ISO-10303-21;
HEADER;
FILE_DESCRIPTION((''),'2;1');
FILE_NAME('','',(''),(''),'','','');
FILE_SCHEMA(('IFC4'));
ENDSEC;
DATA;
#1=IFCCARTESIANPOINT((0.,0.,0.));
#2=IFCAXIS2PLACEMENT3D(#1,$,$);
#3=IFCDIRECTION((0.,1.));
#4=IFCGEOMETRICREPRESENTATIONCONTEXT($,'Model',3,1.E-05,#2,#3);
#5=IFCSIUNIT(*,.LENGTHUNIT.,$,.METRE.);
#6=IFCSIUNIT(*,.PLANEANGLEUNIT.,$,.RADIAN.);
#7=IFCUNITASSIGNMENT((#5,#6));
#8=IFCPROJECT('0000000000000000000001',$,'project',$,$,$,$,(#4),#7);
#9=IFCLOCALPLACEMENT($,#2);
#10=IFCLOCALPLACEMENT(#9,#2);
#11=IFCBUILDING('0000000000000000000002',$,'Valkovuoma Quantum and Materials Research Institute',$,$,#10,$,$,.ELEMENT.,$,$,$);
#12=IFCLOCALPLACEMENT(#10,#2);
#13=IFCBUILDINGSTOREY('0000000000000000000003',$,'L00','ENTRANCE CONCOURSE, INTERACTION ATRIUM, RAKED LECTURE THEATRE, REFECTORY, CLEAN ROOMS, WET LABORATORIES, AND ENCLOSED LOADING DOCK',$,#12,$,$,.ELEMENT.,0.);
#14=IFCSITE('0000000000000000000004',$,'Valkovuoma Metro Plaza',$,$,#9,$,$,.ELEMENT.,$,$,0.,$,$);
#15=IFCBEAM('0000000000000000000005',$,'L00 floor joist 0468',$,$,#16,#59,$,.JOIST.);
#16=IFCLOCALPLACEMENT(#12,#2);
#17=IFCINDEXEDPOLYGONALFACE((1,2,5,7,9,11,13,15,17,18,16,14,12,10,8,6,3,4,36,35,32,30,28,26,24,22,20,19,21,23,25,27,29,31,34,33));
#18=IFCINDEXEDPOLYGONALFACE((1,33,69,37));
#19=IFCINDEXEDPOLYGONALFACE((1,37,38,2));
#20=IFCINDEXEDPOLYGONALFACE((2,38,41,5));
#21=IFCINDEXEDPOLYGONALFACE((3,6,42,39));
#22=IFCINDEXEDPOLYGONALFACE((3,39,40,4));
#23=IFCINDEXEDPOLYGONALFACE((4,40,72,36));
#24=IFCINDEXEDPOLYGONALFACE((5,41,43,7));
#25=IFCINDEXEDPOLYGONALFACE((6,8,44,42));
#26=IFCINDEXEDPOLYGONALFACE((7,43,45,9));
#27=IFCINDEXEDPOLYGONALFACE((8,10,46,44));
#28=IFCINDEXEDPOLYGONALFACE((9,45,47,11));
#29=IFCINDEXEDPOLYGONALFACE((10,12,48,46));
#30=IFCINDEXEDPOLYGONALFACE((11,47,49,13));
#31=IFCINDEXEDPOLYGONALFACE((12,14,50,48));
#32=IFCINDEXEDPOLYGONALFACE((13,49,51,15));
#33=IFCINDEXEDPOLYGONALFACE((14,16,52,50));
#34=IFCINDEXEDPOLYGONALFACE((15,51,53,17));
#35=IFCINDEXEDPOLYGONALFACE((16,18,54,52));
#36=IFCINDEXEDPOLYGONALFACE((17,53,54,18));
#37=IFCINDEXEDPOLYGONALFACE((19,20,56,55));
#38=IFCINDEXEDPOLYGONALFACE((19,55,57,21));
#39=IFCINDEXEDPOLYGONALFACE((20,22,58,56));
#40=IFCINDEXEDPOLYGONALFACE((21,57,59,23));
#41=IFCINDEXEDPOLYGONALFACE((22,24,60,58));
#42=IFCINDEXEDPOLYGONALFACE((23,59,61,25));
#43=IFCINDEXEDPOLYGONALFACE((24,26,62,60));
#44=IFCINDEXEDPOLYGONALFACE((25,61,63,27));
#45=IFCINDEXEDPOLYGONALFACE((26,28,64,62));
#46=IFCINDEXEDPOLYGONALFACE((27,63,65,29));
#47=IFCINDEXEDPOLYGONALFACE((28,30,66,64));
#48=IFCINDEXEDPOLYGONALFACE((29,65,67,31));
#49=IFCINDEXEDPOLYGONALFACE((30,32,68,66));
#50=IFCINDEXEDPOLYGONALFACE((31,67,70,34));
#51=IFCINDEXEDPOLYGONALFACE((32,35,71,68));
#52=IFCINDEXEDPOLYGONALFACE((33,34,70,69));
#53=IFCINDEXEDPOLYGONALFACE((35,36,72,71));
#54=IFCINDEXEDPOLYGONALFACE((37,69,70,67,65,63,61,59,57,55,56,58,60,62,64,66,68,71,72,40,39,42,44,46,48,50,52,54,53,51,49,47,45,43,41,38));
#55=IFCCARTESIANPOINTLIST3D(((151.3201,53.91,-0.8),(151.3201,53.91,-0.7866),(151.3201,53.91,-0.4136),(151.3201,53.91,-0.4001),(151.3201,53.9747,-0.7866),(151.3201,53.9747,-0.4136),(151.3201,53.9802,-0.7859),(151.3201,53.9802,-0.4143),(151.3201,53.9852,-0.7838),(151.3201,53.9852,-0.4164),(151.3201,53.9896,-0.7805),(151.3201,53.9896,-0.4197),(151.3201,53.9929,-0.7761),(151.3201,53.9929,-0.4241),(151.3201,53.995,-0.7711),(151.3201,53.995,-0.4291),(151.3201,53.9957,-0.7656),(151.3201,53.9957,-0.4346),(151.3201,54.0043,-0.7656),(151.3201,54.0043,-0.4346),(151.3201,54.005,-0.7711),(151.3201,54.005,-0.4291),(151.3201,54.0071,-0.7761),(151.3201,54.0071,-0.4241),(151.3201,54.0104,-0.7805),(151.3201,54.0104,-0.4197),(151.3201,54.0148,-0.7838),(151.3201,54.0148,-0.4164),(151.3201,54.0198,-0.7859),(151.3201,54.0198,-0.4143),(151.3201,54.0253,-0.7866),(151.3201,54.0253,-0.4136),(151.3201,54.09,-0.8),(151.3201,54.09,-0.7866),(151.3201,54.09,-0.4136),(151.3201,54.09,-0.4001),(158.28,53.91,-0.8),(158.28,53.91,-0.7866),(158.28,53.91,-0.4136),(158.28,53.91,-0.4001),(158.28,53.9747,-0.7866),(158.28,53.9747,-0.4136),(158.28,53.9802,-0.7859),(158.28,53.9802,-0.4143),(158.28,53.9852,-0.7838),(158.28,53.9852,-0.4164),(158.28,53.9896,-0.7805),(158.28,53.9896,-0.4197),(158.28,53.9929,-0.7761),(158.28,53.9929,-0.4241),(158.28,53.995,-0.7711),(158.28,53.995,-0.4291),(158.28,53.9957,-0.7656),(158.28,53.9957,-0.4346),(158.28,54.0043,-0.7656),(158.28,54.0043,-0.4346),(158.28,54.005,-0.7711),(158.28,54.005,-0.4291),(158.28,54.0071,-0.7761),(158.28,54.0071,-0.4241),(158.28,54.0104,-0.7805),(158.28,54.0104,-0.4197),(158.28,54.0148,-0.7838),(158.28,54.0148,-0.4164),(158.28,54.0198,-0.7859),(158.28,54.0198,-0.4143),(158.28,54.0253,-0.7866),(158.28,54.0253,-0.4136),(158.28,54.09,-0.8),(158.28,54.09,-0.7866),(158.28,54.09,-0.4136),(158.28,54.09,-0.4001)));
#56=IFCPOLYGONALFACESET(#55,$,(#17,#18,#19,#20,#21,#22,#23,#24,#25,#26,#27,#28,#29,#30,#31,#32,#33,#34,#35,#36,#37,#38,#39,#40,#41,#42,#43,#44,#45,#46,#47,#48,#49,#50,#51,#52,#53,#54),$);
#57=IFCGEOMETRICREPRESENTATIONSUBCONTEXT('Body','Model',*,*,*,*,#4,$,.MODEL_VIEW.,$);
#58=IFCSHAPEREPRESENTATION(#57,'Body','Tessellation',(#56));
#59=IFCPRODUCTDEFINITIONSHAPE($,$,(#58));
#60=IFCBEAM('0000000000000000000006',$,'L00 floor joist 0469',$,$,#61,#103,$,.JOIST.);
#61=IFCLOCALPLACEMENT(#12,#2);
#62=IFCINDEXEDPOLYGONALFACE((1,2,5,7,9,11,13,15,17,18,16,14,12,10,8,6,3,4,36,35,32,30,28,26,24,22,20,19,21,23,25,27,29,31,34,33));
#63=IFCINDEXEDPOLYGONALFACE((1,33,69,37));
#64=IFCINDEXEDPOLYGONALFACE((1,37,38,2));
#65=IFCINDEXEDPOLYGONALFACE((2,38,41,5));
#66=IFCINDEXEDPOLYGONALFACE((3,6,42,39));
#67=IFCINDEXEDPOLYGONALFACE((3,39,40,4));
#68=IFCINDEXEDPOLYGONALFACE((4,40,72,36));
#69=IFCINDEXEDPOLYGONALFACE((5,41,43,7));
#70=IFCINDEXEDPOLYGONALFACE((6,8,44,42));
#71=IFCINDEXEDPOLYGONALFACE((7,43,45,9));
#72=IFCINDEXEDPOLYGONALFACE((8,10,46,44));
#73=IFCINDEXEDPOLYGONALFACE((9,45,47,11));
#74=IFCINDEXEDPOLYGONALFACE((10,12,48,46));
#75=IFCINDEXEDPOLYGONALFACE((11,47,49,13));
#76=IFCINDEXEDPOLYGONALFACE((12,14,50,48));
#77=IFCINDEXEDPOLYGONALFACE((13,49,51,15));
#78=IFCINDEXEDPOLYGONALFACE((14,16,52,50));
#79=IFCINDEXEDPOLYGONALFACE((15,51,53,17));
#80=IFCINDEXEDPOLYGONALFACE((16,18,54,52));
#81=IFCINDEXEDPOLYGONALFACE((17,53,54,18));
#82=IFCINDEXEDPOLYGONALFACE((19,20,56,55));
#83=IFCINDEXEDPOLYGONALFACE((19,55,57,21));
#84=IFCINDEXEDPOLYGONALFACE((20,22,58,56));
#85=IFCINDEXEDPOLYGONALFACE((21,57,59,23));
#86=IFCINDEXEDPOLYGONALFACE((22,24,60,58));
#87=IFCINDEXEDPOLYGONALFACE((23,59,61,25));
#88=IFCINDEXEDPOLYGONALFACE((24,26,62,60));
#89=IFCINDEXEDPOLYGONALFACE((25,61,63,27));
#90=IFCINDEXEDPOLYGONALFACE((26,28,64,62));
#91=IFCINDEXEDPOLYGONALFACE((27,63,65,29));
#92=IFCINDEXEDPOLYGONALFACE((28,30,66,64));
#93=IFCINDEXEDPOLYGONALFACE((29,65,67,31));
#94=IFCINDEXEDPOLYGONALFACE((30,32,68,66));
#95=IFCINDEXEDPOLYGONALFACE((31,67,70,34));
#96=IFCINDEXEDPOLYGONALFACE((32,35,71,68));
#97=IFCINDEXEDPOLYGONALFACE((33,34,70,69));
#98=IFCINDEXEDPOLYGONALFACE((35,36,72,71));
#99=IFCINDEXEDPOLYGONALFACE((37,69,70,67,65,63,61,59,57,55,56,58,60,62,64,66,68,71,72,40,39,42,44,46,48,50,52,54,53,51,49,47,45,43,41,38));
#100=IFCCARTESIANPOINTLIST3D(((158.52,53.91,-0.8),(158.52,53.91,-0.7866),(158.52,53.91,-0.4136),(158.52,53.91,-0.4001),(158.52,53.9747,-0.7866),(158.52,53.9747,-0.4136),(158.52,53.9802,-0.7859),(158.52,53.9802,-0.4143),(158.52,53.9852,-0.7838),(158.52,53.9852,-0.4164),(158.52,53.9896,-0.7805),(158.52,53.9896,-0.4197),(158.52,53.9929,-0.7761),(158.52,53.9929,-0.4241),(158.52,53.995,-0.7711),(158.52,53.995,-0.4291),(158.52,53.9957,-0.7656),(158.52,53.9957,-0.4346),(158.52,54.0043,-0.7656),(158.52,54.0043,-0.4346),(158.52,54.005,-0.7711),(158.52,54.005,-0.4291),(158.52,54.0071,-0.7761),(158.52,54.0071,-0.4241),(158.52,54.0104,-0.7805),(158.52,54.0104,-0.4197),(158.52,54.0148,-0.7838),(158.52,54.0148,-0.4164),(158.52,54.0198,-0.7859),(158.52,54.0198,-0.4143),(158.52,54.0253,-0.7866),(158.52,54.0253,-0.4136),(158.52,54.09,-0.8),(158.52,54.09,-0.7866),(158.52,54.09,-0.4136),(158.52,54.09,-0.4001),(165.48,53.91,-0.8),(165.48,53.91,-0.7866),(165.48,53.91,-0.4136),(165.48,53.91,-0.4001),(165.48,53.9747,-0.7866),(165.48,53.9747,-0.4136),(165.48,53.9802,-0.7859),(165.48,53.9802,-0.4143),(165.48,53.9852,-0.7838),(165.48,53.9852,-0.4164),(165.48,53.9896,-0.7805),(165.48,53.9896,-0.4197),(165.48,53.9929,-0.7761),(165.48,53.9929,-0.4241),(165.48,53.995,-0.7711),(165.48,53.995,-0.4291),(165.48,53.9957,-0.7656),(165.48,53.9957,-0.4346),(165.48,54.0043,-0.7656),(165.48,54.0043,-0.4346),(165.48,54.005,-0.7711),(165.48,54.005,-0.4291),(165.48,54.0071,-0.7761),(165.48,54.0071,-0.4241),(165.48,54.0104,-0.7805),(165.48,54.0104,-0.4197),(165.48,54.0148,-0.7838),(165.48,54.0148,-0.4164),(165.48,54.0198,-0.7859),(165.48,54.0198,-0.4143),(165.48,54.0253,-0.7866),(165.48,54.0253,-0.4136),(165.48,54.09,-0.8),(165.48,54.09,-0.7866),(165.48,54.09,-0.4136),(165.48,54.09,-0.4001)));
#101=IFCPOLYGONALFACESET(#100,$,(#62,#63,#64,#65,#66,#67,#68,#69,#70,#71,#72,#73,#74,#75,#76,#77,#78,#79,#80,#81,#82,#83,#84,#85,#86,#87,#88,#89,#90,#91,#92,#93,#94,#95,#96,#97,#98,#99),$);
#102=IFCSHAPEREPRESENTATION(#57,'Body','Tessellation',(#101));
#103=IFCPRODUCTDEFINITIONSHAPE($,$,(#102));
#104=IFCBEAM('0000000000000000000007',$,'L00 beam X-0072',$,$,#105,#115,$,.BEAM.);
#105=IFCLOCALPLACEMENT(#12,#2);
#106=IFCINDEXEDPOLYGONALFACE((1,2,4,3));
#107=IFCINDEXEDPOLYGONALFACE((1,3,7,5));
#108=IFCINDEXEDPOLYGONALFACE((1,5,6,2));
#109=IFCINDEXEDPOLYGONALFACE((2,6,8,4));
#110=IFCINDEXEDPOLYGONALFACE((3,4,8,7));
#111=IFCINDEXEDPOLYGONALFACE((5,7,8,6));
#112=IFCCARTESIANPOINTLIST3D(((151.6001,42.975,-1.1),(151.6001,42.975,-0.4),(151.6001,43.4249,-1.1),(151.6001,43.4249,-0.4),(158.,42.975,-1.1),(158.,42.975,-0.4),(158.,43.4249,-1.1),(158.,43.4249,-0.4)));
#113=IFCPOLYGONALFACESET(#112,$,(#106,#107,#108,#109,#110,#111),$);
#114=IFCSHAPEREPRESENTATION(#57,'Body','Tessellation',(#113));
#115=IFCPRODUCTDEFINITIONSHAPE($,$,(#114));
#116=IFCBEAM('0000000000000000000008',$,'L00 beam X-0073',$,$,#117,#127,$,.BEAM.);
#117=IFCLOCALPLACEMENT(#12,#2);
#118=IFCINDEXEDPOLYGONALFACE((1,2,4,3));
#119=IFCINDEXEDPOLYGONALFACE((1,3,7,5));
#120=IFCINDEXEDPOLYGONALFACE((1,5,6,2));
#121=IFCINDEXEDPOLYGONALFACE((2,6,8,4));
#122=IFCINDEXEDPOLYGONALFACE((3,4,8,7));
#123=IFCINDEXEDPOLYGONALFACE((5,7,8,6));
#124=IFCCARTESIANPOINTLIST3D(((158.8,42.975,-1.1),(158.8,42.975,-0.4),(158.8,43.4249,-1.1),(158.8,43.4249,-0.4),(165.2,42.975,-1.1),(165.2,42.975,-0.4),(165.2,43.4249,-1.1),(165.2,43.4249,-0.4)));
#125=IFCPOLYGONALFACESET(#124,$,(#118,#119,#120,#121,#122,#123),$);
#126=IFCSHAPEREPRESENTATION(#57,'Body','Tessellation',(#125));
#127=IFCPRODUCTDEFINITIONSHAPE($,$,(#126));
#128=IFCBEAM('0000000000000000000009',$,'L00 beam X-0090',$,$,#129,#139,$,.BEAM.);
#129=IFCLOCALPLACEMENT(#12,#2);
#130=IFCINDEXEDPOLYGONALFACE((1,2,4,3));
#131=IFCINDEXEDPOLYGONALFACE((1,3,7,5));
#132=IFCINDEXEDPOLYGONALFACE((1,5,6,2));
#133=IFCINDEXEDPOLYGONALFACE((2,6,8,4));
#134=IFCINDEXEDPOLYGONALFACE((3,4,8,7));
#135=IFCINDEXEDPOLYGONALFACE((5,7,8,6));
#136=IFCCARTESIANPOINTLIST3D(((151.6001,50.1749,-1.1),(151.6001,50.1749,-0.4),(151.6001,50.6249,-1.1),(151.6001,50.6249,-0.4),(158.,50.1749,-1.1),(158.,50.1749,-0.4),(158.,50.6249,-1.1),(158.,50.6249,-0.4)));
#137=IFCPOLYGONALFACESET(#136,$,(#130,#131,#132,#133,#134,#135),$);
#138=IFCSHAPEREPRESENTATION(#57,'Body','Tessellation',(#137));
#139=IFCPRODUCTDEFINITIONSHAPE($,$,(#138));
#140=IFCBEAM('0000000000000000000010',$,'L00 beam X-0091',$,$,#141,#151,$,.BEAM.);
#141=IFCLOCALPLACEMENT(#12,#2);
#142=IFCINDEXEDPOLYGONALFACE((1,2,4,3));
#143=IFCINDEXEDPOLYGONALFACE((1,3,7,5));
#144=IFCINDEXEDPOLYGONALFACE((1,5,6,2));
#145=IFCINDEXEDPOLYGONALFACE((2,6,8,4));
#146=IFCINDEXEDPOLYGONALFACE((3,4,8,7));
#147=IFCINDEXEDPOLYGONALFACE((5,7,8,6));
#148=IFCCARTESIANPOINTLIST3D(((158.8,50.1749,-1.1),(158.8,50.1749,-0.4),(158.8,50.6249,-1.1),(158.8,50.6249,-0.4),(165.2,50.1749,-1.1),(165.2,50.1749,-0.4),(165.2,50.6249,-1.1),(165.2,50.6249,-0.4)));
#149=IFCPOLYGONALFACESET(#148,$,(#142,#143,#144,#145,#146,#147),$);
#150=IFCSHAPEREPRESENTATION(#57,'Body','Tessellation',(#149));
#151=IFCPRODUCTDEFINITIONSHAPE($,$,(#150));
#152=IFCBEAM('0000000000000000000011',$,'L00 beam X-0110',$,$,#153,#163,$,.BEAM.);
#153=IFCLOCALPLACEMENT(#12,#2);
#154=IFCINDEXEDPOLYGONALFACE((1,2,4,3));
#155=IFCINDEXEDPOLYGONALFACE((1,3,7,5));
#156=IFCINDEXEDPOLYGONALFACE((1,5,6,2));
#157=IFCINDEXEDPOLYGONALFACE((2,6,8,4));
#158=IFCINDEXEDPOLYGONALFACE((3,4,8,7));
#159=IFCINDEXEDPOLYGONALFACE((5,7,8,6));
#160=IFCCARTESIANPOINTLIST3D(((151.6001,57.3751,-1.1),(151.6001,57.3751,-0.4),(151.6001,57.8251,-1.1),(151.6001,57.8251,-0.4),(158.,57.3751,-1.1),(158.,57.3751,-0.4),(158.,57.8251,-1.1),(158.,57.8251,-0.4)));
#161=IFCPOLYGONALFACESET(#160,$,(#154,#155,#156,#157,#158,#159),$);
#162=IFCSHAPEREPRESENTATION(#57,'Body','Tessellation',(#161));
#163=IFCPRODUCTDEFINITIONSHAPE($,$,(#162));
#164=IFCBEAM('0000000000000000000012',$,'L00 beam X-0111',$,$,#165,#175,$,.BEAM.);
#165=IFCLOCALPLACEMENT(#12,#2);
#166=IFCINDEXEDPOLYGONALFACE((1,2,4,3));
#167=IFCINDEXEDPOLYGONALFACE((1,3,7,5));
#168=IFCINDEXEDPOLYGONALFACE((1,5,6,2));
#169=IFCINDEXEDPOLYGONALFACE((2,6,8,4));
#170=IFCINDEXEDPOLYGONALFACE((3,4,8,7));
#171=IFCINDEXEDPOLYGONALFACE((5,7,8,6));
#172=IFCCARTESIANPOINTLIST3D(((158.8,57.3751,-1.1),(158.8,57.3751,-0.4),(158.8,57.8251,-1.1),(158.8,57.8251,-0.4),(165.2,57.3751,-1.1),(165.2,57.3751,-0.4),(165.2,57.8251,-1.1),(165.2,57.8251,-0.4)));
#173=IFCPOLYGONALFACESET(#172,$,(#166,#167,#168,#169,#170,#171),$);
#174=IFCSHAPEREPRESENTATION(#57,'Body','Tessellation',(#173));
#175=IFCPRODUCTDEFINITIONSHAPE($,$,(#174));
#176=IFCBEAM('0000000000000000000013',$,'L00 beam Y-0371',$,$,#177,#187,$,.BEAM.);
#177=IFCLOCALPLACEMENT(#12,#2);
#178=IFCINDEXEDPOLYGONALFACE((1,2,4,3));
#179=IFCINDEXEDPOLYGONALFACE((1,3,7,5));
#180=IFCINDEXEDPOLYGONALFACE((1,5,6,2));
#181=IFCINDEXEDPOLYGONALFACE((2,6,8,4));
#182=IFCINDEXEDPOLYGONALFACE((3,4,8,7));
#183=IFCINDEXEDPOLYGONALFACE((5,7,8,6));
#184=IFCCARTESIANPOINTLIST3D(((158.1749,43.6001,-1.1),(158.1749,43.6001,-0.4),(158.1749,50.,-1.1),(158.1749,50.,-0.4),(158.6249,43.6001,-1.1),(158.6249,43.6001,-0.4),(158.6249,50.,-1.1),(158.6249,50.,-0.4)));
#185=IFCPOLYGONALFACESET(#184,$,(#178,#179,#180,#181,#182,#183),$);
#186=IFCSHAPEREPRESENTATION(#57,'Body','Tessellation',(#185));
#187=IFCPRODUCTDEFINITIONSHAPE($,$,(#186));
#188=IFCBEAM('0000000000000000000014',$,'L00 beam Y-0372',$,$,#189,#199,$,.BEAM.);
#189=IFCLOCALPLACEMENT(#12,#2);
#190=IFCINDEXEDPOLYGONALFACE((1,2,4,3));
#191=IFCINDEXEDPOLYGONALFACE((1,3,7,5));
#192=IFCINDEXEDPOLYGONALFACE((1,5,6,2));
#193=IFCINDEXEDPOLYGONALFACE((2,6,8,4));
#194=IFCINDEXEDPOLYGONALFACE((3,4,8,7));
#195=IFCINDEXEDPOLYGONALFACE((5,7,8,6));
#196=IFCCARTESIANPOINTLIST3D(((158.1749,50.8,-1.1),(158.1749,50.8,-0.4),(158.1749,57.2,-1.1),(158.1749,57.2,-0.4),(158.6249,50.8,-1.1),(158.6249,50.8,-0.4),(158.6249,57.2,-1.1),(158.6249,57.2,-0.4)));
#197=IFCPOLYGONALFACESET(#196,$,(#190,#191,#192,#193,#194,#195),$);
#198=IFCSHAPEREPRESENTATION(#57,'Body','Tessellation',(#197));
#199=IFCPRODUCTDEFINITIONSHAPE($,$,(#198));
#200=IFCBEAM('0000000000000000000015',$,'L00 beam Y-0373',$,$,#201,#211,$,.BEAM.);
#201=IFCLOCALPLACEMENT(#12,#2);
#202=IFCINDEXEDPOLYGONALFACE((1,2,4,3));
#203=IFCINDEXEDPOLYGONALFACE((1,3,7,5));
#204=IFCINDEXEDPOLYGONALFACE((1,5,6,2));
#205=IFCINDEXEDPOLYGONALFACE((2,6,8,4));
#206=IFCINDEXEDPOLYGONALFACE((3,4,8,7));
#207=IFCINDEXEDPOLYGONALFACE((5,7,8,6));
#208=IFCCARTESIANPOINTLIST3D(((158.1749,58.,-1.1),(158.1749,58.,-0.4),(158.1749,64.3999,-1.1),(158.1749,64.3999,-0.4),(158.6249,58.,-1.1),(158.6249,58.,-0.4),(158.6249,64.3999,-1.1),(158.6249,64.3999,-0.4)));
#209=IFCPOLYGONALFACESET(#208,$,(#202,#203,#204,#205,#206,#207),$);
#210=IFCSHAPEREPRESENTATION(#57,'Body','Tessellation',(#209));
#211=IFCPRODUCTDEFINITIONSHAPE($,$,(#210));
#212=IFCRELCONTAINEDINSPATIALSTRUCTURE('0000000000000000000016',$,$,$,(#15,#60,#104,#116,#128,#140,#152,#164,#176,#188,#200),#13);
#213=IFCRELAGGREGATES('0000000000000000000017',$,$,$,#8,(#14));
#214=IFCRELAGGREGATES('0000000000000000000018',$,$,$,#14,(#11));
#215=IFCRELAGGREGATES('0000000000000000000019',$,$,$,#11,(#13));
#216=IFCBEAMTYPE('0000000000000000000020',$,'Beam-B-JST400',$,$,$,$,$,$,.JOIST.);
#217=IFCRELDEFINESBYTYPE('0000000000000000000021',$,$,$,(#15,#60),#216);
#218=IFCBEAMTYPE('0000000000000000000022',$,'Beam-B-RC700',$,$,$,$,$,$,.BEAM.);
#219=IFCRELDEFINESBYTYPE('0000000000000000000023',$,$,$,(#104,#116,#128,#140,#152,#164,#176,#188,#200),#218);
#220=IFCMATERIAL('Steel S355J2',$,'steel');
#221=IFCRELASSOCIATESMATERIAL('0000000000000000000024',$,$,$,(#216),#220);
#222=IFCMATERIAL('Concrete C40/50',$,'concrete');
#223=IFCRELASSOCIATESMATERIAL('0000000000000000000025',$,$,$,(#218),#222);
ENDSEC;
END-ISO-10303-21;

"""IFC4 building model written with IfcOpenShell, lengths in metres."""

from ifc_helpers import new_model, si_unit, direction, frame, origin, origin_2d, place, context, subcontext, project, spatial, rectangle, i_section, extrude, material, material_profile, profile_set, type_object, element, save


model = new_model("IFC4")

# Units and contexts
model_context = context("Model", 3, precision=1e-05, world=origin(), true_north=direction((0.0, 1.0)))
body_context = subcontext(model_context, "Body", "Model", "MODEL_VIEW")
ifc_project = project(units=[si_unit("LENGTHUNIT", "METRE"), si_unit("PLANEANGLEUNIT", "RADIAN")], contexts=[model_context])

# Site, building, storey
site_placement = place(None, origin())
site = spatial("IfcSite", under=ifc_project, at=site_placement, Name="Valkovuoma Metro Plaza", CompositionType="ELEMENT", RefElevation=0.0)
building_placement = place(site_placement, origin())
building = spatial("IfcBuilding", under=site, at=building_placement, Name="Valkovuoma Quantum and Materials Research Institute", CompositionType="ELEMENT")
storey_placement = place(building_placement, origin())
storey = spatial("IfcBuildingStorey", under=building, at=storey_placement, Name="L00", Description="ENTRANCE CONCOURSE, INTERACTION ATRIUM, RAKED LECTURE THEATRE, REFECTORY, CLEAN ROOMS, WET LABORATORIES, AND ENCLOSED LOADING DOCK", CompositionType="ELEMENT", Elevation=0.0)

# Beams
ifc_material_1 = material(Name="Steel S355J2", Category="steel")
ifc_material_profile_1 = material_profile(ifc_material_1, i_section(OverallWidth=0.1799, OverallDepth=0.3999, WebThickness=0.0085, FlangeThickness=0.0134, FilletRadius=0.021, at=origin_2d()), Name="Steel S355J2")
ifc_profile_set_1 = profile_set([ifc_material_profile_1], Name="Steel S355J2")
beam_type_1 = type_object("IfcBeamType", Name="Beam-B-JST400", PredefinedType="JOIST", material=ifc_profile_set_1)
for number, where, z_axis, x_axis, name in (
    (1, (151.3201, 54.0, -0.6001), (1.0, 0.0, 0.0), (0.0, 1.0, 0.0), "L00 floor joist 0468"),
    (2, (158.52, 54.0, -0.6001), (1.0, 0.0, 0.0), (0.0, 1.0, 0.0), "L00 floor joist 0469"),
):
    element("IfcBeam", number, at=place(storey_placement, frame(where, z_axis=z_axis, x_axis=x_axis)), inside=storey, type_object=beam_type_1, Name=name, PredefinedType="JOIST", context=body_context, shape_type="SweptSolid", body=[
        extrude(i_section(OverallWidth=0.1799, OverallDepth=0.3999, WebThickness=0.0085, FlangeThickness=0.0134, FilletRadius=0.021, at=origin_2d()), origin(), (0.0, 0.0, 1.0), 6.96),
    ])
ifc_material_2 = material(Name="Concrete C40/50", Category="concrete")
ifc_material_profile_2 = material_profile(ifc_material_2, rectangle(XDim=0.45, YDim=0.7, at=origin_2d()), Name="Concrete C40/50")
ifc_profile_set_2 = profile_set([ifc_material_profile_2], Name="Concrete C40/50")
beam_type_2 = type_object("IfcBeamType", Name="Beam-B-RC700", PredefinedType="BEAM", material=ifc_profile_set_2)
for number, where, z_axis, x_axis, name in (
    (3, (151.6001, 43.2, -0.75), (1.0, 0.0, 0.0), (0.0, 1.0, 0.0), "L00 beam X-0072"),
    (4, (158.8, 43.2, -0.75), (1.0, 0.0, 0.0), (0.0, 1.0, 0.0), "L00 beam X-0073"),
    (5, (151.6001, 50.3999, -0.75), (1.0, 0.0, 0.0), (0.0, 1.0, 0.0), "L00 beam X-0090"),
    (6, (158.8, 50.3999, -0.75), (1.0, 0.0, 0.0), (0.0, 1.0, 0.0), "L00 beam X-0091"),
    (7, (151.6001, 57.6001, -0.75), (1.0, 0.0, 0.0), (0.0, 1.0, 0.0), "L00 beam X-0110"),
    (8, (158.8, 57.6001, -0.75), (1.0, 0.0, 0.0), (0.0, 1.0, 0.0), "L00 beam X-0111"),
    (9, (158.3999, 43.6001, -0.75), (0.0, 1.0, 0.0), (-1.0, 0.0, 0.0), "L00 beam Y-0371"),
    (10, (158.3999, 50.8, -0.75), (0.0, 1.0, 0.0), (-1.0, 0.0, 0.0), "L00 beam Y-0372"),
    (11, (158.3999, 58.0, -0.75), (0.0, 1.0, 0.0), (-1.0, 0.0, 0.0), "L00 beam Y-0373"),
):
    element("IfcBeam", number, at=place(storey_placement, frame(where, z_axis=z_axis, x_axis=x_axis)), inside=storey, type_object=beam_type_2, Name=name, PredefinedType="BEAM", context=body_context, shape_type="SweptSolid", body=[
        extrude(rectangle(XDim=0.45, YDim=0.7, at=origin_2d()), origin(), (0.0, 0.0, 1.0), 6.3999),
    ])

save(model, "model.ifc")
